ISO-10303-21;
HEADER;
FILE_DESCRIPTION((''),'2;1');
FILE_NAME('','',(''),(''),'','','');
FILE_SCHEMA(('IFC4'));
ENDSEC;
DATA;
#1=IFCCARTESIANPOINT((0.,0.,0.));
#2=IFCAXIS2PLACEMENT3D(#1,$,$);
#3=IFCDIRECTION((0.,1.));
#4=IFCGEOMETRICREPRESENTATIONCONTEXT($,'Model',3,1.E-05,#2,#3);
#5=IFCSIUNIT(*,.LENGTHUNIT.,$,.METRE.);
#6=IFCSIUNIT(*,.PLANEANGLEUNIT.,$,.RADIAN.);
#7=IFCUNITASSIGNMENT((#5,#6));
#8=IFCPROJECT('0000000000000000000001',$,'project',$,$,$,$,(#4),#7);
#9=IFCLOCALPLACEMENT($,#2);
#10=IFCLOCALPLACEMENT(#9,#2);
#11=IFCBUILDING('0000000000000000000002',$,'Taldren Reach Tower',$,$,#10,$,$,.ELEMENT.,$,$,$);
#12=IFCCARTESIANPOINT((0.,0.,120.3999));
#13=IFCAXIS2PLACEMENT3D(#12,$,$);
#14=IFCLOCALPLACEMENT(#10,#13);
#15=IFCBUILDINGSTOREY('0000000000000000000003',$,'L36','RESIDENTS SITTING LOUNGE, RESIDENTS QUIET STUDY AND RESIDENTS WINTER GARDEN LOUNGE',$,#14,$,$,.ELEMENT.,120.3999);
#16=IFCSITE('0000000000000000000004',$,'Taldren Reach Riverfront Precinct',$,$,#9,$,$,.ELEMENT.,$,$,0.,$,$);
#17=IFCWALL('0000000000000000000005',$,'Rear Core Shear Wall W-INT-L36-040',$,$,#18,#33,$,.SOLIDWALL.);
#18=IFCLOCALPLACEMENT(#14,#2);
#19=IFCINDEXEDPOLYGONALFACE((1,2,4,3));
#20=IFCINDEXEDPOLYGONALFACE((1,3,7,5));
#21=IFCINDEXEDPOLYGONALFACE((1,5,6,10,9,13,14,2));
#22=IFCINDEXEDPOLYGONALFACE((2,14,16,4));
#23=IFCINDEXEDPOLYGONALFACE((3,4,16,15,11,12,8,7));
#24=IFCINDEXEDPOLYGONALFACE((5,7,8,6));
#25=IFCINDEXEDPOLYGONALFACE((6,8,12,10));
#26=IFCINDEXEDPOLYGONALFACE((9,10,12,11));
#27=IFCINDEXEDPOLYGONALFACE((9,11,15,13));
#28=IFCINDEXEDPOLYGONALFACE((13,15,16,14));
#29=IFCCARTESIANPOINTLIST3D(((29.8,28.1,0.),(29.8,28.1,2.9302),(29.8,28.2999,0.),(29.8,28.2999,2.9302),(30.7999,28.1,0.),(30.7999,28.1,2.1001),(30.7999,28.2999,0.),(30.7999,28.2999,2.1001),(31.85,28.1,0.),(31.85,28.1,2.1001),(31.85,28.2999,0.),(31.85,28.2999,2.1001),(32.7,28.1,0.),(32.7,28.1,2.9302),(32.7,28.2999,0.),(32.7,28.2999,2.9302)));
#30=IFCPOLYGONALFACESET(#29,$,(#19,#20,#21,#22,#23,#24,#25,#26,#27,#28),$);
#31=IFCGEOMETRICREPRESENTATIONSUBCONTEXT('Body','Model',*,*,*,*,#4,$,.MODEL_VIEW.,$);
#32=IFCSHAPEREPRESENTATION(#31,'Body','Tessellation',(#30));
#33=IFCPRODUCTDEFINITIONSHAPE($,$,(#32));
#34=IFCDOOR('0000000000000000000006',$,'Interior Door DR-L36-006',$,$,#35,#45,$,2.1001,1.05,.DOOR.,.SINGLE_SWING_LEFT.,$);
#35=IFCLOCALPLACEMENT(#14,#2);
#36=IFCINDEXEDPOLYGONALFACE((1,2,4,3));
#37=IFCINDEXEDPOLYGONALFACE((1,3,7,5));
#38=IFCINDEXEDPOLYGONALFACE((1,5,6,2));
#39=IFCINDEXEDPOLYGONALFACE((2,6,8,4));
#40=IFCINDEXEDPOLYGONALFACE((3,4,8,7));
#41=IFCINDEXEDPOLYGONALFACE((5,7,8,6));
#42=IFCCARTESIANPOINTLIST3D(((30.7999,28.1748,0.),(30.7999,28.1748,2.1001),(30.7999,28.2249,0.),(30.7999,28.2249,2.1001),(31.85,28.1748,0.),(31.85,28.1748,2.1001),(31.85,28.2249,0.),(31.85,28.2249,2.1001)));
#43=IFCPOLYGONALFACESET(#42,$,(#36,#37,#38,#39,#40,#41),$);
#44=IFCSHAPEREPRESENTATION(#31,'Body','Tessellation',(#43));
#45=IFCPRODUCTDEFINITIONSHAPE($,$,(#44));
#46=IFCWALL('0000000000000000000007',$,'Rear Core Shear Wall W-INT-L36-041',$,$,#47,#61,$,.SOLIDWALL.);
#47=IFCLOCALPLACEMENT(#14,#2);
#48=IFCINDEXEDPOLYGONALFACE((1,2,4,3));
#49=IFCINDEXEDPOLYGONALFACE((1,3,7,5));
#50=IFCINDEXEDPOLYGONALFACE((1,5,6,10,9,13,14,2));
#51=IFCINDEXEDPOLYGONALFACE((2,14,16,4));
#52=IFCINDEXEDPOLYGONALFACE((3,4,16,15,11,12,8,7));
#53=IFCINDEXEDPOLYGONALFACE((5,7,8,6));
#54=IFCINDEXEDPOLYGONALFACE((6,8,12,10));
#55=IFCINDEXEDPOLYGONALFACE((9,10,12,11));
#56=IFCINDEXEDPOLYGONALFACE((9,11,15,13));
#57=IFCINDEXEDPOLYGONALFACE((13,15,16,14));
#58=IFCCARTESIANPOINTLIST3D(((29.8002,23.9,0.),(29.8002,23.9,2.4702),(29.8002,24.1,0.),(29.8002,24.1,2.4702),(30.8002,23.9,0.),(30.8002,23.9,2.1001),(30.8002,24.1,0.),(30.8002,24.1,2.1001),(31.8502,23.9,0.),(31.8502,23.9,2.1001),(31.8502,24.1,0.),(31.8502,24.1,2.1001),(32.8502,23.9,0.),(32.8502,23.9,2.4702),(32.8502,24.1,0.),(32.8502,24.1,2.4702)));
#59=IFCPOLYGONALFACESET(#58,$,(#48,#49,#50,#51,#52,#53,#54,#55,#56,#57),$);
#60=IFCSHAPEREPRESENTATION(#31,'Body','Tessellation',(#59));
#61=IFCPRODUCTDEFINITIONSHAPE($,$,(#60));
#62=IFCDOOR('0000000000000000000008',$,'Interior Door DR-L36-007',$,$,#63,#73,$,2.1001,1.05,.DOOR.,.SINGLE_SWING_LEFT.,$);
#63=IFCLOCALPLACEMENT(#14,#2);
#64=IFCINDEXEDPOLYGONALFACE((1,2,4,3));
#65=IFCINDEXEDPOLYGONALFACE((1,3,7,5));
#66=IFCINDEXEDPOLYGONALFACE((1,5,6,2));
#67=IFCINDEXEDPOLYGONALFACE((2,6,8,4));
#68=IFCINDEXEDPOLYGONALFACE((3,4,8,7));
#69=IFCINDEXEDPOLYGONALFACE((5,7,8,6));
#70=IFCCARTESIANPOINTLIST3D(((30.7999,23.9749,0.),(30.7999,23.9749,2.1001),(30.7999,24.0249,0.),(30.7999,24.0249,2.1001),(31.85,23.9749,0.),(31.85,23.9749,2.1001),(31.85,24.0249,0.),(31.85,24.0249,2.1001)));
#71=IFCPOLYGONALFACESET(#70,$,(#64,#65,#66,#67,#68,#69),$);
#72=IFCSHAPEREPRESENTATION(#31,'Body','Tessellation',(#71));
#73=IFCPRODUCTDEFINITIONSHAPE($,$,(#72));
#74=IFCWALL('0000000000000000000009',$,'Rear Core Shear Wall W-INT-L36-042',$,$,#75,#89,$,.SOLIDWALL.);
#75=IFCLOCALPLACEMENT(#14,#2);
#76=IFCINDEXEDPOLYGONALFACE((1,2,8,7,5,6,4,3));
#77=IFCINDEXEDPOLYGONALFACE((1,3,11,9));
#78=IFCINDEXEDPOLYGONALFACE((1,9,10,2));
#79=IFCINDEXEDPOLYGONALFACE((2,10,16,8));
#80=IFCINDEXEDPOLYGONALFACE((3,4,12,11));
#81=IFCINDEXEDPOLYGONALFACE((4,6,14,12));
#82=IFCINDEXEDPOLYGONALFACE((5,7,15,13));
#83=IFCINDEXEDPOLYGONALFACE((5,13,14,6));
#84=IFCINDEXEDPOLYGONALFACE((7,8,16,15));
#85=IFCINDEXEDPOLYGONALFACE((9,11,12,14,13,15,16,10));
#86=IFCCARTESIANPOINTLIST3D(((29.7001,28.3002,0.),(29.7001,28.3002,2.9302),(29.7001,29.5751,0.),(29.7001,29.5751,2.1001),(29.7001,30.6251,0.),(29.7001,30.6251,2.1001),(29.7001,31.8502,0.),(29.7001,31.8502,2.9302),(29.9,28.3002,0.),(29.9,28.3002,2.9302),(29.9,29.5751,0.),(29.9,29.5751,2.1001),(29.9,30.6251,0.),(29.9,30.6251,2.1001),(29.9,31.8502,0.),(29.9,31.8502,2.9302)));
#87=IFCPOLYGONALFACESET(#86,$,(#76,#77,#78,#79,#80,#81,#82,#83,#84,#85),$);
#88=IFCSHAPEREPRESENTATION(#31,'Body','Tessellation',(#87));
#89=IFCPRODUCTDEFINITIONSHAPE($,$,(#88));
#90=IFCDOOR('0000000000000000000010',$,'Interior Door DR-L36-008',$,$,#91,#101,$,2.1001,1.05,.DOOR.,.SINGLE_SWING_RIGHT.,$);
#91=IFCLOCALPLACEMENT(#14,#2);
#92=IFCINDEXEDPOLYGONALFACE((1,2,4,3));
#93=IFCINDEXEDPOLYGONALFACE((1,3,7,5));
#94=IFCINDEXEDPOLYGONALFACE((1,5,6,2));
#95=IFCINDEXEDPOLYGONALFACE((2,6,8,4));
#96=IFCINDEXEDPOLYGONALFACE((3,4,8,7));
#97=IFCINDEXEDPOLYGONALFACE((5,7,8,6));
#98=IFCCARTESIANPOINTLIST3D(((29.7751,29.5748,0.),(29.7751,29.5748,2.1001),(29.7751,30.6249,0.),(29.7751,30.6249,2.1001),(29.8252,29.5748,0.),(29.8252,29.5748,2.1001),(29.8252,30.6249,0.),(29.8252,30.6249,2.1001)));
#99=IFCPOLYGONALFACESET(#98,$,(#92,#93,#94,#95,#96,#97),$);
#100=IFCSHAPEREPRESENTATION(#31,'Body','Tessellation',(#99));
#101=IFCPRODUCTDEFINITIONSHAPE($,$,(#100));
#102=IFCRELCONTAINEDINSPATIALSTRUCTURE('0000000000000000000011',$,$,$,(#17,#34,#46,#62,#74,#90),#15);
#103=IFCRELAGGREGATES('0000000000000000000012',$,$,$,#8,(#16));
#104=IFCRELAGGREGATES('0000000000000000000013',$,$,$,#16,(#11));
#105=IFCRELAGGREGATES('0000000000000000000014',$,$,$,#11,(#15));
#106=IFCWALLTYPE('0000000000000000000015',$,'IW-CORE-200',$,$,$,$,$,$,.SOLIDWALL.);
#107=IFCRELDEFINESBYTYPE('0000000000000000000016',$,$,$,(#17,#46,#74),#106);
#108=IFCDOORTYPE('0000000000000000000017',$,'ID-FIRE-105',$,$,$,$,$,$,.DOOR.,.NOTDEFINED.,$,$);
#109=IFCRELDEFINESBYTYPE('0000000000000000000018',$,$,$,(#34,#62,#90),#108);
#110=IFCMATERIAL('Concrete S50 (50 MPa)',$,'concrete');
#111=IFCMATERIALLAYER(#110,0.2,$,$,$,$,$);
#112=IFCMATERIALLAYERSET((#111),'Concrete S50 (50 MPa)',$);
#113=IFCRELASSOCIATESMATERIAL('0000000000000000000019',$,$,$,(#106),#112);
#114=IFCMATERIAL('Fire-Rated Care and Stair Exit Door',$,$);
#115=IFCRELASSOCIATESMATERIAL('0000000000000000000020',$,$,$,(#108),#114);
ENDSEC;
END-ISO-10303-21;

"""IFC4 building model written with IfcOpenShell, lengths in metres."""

from ifc_helpers import new_model, si_unit, direction, frame, frame_2d, origin, place, context, subcontext, project, spatial, rectangle, extrude, source, transform, mapped, material, layer, layer_set, type_object, element, fill, save


model = new_model("IFC4")

# Units and contexts
model_context = context("Model", 3, precision=1e-05, world=origin(), true_north=direction((0.0, 1.0)))
body_context = subcontext(model_context, "Body", "Model", "MODEL_VIEW")
ifc_project = project(units=[si_unit("LENGTHUNIT", "METRE"), si_unit("PLANEANGLEUNIT", "RADIAN")], contexts=[model_context])

# Site, building, storey
site_placement = place(None, origin())
site = spatial("IfcSite", under=ifc_project, at=site_placement, Name="Taldren Reach Riverfront Precinct", CompositionType="ELEMENT", RefElevation=0.0)
building_placement = place(site_placement, origin())
building = spatial("IfcBuilding", under=site, at=building_placement, Name="Taldren Reach Tower", CompositionType="ELEMENT")
storey_placement = place(building_placement, frame((0.0, 0.0, 120.3999)))
storey = spatial("IfcBuildingStorey", under=building, at=storey_placement, Name="L36", Description="RESIDENTS SITTING LOUNGE, RESIDENTS QUIET STUDY AND RESIDENTS WINTER GARDEN LOUNGE", CompositionType="ELEMENT", Elevation=120.3999)

# Shared definitions
ifc_material_1 = material(Name="Concrete S50 (50 MPa)", Category="concrete")
ifc_layer_1 = layer(ifc_material_1, 0.2)
ifc_layer_set_1 = layer_set([ifc_layer_1], Name="Concrete S50 (50 MPa)")
wall_type_1 = type_object("IfcWallType", Name="IW-CORE-200", PredefinedType="SOLIDWALL", material=ifc_layer_set_1)

# Walls, openings, doors
shared_shape_1 = source(origin(), body_context, "Body", "SweptSolid", [
    extrude(rectangle(XDim=2.8999, YDim=0.2, at=frame_2d((1.45, 0.0))), origin(), (0.0, 0.0, 1.0), 2.9302),
])
wall_1_placement = place(storey_placement, frame((29.8, 28.2, 0.0), z_axis=(0.0, 0.0, 1.0), x_axis=(1.0, 0.0, 0.0)))
wall_1 = element("IfcWall", 1, at=wall_1_placement, inside=storey, type_object=wall_type_1, Name="Rear Core Shear Wall W-INT-L36-040", PredefinedType="SOLIDWALL", context=body_context, shape_type="MappedRepresentation", body=[
    mapped(shared_shape_1, transform((0.0, 0.0, 0.0), scale=1.0)),
])
shared_shape_2 = source(origin(), body_context, "Body", "SweptSolid", [
    extrude(rectangle(XDim=1.05, YDim=2.1001, at=frame_2d((0.5249, 1.05))), frame((0.0, 0.1099, 0.0), z_axis=(0.0, -1.0, 0.0), x_axis=(1.0, 0.0, 0.0)), (0.0, 0.0, 1.0), 0.22),
])
opening_1_placement = place(wall_1_placement, frame((1.0, 0.0, 0.0)))
opening_1 = element("IfcOpeningElement", 2, at=opening_1_placement, cuts=wall_1, PredefinedType="OPENING", context=body_context, shape_type="MappedRepresentation", body=[
    mapped(shared_shape_2, transform((0.0, 0.0, 0.0), scale=1.0)),
])
ifc_material_2 = material(Name="Fire-Rated Care and Stair Exit Door")
door_type_1 = type_object("IfcDoorType", Name="ID-FIRE-105", OperationType="NOTDEFINED", PredefinedType="DOOR", material=ifc_material_2)
shared_shape_3 = source(origin(), body_context, "Body", "SweptSolid", [
    extrude(rectangle(XDim=1.05, YDim=2.1001, at=frame_2d((0.5249, 1.05))), frame((0.0, 0.0249, 0.0), z_axis=(0.0, -1.0, 0.0), x_axis=(1.0, 0.0, 0.0)), (0.0, 0.0, 1.0), 0.05),
])
door_1_placement = place(opening_1_placement, origin())
door_1 = element("IfcDoor", 3, at=door_1_placement, inside=storey, type_object=door_type_1, Name="Interior Door DR-L36-006", OperationType="SINGLE_SWING_LEFT", OverallHeight=2.1001, OverallWidth=1.05, PredefinedType="DOOR", context=body_context, shape_type="MappedRepresentation", body=[
    mapped(shared_shape_3, transform((0.0, 0.0, 0.0), scale=1.0)),
])
fill(opening_1, door_1)
shared_shape_4 = source(origin(), body_context, "Body", "SweptSolid", [
    extrude(rectangle(XDim=3.05, YDim=0.2, at=frame_2d((1.5249, 0.0))), origin(), (0.0, 0.0, 1.0), 2.4702),
])
wall_2_placement = place(storey_placement, frame((32.8501, 24.0, 0.0), z_axis=(0.0, 0.0, 1.0), x_axis=(-1.0, 0.0, 0.0)))
wall_2 = element("IfcWall", 4, at=wall_2_placement, inside=storey, type_object=wall_type_1, Name="Rear Core Shear Wall W-INT-L36-041", PredefinedType="SOLIDWALL", context=body_context, shape_type="MappedRepresentation", body=[
    mapped(shared_shape_4, transform((0.0, 0.0, 0.0), scale=1.0)),
])
opening_2_placement = place(wall_2_placement, frame((1.0, 0.0, 0.0)))
opening_2 = element("IfcOpeningElement", 5, at=opening_2_placement, cuts=wall_2, PredefinedType="OPENING", context=body_context, shape_type="MappedRepresentation", body=[
    mapped(shared_shape_2, transform((0.0, 0.0, 0.0), scale=1.0)),
])
door_2_placement = place(opening_2_placement, frame((1.05, 0.0, 0.0), z_axis=(0.0, 0.0, 1.0), x_axis=(-1.0, 0.0, 0.0)))
door_2 = element("IfcDoor", 6, at=door_2_placement, inside=storey, type_object=door_type_1, Name="Interior Door DR-L36-007", OperationType="SINGLE_SWING_LEFT", OverallHeight=2.1001, OverallWidth=1.05, PredefinedType="DOOR", context=body_context, shape_type="MappedRepresentation", body=[
    mapped(shared_shape_3, transform((0.0, 0.0, 0.0), scale=1.0)),
])
fill(opening_2, door_2)
shared_shape_5 = source(origin(), body_context, "Body", "SweptSolid", [
    extrude(rectangle(XDim=3.55, YDim=0.2, at=frame_2d((1.7749, 0.0))), origin(), (0.0, 0.0, 1.0), 2.9302),
])
wall_3_placement = place(storey_placement, frame((29.8, 31.8501, 0.0), z_axis=(0.0, 0.0, 1.0), x_axis=(0.0, -1.0, 0.0)))
wall_3 = element("IfcWall", 7, at=wall_3_placement, inside=storey, type_object=wall_type_1, Name="Rear Core Shear Wall W-INT-L36-042", PredefinedType="SOLIDWALL", context=body_context, shape_type="MappedRepresentation", body=[
    mapped(shared_shape_5, transform((0.0, 0.0, 0.0), scale=1.0)),
])
opening_3_placement = place(wall_3_placement, frame((1.2251, 0.0, 0.0)))
opening_3 = element("IfcOpeningElement", 8, at=opening_3_placement, cuts=wall_3, PredefinedType="OPENING", context=body_context, shape_type="MappedRepresentation", body=[
    mapped(shared_shape_2, transform((0.0, 0.0, 0.0), scale=1.0)),
])
door_3_placement = place(opening_3_placement, frame((1.05, 0.0, 0.0), z_axis=(0.0, 0.0, 1.0), x_axis=(-1.0, 0.0, 0.0)))
door_3 = element("IfcDoor", 9, at=door_3_placement, inside=storey, type_object=door_type_1, Name="Interior Door DR-L36-008", OperationType="SINGLE_SWING_RIGHT", OverallHeight=2.1001, OverallWidth=1.05, PredefinedType="DOOR", context=body_context, shape_type="MappedRepresentation", body=[
    mapped(shared_shape_3, transform((0.0, 0.0, 0.0), scale=1.0)),
])
fill(opening_3, door_3)

save(model, "model.ifc")
